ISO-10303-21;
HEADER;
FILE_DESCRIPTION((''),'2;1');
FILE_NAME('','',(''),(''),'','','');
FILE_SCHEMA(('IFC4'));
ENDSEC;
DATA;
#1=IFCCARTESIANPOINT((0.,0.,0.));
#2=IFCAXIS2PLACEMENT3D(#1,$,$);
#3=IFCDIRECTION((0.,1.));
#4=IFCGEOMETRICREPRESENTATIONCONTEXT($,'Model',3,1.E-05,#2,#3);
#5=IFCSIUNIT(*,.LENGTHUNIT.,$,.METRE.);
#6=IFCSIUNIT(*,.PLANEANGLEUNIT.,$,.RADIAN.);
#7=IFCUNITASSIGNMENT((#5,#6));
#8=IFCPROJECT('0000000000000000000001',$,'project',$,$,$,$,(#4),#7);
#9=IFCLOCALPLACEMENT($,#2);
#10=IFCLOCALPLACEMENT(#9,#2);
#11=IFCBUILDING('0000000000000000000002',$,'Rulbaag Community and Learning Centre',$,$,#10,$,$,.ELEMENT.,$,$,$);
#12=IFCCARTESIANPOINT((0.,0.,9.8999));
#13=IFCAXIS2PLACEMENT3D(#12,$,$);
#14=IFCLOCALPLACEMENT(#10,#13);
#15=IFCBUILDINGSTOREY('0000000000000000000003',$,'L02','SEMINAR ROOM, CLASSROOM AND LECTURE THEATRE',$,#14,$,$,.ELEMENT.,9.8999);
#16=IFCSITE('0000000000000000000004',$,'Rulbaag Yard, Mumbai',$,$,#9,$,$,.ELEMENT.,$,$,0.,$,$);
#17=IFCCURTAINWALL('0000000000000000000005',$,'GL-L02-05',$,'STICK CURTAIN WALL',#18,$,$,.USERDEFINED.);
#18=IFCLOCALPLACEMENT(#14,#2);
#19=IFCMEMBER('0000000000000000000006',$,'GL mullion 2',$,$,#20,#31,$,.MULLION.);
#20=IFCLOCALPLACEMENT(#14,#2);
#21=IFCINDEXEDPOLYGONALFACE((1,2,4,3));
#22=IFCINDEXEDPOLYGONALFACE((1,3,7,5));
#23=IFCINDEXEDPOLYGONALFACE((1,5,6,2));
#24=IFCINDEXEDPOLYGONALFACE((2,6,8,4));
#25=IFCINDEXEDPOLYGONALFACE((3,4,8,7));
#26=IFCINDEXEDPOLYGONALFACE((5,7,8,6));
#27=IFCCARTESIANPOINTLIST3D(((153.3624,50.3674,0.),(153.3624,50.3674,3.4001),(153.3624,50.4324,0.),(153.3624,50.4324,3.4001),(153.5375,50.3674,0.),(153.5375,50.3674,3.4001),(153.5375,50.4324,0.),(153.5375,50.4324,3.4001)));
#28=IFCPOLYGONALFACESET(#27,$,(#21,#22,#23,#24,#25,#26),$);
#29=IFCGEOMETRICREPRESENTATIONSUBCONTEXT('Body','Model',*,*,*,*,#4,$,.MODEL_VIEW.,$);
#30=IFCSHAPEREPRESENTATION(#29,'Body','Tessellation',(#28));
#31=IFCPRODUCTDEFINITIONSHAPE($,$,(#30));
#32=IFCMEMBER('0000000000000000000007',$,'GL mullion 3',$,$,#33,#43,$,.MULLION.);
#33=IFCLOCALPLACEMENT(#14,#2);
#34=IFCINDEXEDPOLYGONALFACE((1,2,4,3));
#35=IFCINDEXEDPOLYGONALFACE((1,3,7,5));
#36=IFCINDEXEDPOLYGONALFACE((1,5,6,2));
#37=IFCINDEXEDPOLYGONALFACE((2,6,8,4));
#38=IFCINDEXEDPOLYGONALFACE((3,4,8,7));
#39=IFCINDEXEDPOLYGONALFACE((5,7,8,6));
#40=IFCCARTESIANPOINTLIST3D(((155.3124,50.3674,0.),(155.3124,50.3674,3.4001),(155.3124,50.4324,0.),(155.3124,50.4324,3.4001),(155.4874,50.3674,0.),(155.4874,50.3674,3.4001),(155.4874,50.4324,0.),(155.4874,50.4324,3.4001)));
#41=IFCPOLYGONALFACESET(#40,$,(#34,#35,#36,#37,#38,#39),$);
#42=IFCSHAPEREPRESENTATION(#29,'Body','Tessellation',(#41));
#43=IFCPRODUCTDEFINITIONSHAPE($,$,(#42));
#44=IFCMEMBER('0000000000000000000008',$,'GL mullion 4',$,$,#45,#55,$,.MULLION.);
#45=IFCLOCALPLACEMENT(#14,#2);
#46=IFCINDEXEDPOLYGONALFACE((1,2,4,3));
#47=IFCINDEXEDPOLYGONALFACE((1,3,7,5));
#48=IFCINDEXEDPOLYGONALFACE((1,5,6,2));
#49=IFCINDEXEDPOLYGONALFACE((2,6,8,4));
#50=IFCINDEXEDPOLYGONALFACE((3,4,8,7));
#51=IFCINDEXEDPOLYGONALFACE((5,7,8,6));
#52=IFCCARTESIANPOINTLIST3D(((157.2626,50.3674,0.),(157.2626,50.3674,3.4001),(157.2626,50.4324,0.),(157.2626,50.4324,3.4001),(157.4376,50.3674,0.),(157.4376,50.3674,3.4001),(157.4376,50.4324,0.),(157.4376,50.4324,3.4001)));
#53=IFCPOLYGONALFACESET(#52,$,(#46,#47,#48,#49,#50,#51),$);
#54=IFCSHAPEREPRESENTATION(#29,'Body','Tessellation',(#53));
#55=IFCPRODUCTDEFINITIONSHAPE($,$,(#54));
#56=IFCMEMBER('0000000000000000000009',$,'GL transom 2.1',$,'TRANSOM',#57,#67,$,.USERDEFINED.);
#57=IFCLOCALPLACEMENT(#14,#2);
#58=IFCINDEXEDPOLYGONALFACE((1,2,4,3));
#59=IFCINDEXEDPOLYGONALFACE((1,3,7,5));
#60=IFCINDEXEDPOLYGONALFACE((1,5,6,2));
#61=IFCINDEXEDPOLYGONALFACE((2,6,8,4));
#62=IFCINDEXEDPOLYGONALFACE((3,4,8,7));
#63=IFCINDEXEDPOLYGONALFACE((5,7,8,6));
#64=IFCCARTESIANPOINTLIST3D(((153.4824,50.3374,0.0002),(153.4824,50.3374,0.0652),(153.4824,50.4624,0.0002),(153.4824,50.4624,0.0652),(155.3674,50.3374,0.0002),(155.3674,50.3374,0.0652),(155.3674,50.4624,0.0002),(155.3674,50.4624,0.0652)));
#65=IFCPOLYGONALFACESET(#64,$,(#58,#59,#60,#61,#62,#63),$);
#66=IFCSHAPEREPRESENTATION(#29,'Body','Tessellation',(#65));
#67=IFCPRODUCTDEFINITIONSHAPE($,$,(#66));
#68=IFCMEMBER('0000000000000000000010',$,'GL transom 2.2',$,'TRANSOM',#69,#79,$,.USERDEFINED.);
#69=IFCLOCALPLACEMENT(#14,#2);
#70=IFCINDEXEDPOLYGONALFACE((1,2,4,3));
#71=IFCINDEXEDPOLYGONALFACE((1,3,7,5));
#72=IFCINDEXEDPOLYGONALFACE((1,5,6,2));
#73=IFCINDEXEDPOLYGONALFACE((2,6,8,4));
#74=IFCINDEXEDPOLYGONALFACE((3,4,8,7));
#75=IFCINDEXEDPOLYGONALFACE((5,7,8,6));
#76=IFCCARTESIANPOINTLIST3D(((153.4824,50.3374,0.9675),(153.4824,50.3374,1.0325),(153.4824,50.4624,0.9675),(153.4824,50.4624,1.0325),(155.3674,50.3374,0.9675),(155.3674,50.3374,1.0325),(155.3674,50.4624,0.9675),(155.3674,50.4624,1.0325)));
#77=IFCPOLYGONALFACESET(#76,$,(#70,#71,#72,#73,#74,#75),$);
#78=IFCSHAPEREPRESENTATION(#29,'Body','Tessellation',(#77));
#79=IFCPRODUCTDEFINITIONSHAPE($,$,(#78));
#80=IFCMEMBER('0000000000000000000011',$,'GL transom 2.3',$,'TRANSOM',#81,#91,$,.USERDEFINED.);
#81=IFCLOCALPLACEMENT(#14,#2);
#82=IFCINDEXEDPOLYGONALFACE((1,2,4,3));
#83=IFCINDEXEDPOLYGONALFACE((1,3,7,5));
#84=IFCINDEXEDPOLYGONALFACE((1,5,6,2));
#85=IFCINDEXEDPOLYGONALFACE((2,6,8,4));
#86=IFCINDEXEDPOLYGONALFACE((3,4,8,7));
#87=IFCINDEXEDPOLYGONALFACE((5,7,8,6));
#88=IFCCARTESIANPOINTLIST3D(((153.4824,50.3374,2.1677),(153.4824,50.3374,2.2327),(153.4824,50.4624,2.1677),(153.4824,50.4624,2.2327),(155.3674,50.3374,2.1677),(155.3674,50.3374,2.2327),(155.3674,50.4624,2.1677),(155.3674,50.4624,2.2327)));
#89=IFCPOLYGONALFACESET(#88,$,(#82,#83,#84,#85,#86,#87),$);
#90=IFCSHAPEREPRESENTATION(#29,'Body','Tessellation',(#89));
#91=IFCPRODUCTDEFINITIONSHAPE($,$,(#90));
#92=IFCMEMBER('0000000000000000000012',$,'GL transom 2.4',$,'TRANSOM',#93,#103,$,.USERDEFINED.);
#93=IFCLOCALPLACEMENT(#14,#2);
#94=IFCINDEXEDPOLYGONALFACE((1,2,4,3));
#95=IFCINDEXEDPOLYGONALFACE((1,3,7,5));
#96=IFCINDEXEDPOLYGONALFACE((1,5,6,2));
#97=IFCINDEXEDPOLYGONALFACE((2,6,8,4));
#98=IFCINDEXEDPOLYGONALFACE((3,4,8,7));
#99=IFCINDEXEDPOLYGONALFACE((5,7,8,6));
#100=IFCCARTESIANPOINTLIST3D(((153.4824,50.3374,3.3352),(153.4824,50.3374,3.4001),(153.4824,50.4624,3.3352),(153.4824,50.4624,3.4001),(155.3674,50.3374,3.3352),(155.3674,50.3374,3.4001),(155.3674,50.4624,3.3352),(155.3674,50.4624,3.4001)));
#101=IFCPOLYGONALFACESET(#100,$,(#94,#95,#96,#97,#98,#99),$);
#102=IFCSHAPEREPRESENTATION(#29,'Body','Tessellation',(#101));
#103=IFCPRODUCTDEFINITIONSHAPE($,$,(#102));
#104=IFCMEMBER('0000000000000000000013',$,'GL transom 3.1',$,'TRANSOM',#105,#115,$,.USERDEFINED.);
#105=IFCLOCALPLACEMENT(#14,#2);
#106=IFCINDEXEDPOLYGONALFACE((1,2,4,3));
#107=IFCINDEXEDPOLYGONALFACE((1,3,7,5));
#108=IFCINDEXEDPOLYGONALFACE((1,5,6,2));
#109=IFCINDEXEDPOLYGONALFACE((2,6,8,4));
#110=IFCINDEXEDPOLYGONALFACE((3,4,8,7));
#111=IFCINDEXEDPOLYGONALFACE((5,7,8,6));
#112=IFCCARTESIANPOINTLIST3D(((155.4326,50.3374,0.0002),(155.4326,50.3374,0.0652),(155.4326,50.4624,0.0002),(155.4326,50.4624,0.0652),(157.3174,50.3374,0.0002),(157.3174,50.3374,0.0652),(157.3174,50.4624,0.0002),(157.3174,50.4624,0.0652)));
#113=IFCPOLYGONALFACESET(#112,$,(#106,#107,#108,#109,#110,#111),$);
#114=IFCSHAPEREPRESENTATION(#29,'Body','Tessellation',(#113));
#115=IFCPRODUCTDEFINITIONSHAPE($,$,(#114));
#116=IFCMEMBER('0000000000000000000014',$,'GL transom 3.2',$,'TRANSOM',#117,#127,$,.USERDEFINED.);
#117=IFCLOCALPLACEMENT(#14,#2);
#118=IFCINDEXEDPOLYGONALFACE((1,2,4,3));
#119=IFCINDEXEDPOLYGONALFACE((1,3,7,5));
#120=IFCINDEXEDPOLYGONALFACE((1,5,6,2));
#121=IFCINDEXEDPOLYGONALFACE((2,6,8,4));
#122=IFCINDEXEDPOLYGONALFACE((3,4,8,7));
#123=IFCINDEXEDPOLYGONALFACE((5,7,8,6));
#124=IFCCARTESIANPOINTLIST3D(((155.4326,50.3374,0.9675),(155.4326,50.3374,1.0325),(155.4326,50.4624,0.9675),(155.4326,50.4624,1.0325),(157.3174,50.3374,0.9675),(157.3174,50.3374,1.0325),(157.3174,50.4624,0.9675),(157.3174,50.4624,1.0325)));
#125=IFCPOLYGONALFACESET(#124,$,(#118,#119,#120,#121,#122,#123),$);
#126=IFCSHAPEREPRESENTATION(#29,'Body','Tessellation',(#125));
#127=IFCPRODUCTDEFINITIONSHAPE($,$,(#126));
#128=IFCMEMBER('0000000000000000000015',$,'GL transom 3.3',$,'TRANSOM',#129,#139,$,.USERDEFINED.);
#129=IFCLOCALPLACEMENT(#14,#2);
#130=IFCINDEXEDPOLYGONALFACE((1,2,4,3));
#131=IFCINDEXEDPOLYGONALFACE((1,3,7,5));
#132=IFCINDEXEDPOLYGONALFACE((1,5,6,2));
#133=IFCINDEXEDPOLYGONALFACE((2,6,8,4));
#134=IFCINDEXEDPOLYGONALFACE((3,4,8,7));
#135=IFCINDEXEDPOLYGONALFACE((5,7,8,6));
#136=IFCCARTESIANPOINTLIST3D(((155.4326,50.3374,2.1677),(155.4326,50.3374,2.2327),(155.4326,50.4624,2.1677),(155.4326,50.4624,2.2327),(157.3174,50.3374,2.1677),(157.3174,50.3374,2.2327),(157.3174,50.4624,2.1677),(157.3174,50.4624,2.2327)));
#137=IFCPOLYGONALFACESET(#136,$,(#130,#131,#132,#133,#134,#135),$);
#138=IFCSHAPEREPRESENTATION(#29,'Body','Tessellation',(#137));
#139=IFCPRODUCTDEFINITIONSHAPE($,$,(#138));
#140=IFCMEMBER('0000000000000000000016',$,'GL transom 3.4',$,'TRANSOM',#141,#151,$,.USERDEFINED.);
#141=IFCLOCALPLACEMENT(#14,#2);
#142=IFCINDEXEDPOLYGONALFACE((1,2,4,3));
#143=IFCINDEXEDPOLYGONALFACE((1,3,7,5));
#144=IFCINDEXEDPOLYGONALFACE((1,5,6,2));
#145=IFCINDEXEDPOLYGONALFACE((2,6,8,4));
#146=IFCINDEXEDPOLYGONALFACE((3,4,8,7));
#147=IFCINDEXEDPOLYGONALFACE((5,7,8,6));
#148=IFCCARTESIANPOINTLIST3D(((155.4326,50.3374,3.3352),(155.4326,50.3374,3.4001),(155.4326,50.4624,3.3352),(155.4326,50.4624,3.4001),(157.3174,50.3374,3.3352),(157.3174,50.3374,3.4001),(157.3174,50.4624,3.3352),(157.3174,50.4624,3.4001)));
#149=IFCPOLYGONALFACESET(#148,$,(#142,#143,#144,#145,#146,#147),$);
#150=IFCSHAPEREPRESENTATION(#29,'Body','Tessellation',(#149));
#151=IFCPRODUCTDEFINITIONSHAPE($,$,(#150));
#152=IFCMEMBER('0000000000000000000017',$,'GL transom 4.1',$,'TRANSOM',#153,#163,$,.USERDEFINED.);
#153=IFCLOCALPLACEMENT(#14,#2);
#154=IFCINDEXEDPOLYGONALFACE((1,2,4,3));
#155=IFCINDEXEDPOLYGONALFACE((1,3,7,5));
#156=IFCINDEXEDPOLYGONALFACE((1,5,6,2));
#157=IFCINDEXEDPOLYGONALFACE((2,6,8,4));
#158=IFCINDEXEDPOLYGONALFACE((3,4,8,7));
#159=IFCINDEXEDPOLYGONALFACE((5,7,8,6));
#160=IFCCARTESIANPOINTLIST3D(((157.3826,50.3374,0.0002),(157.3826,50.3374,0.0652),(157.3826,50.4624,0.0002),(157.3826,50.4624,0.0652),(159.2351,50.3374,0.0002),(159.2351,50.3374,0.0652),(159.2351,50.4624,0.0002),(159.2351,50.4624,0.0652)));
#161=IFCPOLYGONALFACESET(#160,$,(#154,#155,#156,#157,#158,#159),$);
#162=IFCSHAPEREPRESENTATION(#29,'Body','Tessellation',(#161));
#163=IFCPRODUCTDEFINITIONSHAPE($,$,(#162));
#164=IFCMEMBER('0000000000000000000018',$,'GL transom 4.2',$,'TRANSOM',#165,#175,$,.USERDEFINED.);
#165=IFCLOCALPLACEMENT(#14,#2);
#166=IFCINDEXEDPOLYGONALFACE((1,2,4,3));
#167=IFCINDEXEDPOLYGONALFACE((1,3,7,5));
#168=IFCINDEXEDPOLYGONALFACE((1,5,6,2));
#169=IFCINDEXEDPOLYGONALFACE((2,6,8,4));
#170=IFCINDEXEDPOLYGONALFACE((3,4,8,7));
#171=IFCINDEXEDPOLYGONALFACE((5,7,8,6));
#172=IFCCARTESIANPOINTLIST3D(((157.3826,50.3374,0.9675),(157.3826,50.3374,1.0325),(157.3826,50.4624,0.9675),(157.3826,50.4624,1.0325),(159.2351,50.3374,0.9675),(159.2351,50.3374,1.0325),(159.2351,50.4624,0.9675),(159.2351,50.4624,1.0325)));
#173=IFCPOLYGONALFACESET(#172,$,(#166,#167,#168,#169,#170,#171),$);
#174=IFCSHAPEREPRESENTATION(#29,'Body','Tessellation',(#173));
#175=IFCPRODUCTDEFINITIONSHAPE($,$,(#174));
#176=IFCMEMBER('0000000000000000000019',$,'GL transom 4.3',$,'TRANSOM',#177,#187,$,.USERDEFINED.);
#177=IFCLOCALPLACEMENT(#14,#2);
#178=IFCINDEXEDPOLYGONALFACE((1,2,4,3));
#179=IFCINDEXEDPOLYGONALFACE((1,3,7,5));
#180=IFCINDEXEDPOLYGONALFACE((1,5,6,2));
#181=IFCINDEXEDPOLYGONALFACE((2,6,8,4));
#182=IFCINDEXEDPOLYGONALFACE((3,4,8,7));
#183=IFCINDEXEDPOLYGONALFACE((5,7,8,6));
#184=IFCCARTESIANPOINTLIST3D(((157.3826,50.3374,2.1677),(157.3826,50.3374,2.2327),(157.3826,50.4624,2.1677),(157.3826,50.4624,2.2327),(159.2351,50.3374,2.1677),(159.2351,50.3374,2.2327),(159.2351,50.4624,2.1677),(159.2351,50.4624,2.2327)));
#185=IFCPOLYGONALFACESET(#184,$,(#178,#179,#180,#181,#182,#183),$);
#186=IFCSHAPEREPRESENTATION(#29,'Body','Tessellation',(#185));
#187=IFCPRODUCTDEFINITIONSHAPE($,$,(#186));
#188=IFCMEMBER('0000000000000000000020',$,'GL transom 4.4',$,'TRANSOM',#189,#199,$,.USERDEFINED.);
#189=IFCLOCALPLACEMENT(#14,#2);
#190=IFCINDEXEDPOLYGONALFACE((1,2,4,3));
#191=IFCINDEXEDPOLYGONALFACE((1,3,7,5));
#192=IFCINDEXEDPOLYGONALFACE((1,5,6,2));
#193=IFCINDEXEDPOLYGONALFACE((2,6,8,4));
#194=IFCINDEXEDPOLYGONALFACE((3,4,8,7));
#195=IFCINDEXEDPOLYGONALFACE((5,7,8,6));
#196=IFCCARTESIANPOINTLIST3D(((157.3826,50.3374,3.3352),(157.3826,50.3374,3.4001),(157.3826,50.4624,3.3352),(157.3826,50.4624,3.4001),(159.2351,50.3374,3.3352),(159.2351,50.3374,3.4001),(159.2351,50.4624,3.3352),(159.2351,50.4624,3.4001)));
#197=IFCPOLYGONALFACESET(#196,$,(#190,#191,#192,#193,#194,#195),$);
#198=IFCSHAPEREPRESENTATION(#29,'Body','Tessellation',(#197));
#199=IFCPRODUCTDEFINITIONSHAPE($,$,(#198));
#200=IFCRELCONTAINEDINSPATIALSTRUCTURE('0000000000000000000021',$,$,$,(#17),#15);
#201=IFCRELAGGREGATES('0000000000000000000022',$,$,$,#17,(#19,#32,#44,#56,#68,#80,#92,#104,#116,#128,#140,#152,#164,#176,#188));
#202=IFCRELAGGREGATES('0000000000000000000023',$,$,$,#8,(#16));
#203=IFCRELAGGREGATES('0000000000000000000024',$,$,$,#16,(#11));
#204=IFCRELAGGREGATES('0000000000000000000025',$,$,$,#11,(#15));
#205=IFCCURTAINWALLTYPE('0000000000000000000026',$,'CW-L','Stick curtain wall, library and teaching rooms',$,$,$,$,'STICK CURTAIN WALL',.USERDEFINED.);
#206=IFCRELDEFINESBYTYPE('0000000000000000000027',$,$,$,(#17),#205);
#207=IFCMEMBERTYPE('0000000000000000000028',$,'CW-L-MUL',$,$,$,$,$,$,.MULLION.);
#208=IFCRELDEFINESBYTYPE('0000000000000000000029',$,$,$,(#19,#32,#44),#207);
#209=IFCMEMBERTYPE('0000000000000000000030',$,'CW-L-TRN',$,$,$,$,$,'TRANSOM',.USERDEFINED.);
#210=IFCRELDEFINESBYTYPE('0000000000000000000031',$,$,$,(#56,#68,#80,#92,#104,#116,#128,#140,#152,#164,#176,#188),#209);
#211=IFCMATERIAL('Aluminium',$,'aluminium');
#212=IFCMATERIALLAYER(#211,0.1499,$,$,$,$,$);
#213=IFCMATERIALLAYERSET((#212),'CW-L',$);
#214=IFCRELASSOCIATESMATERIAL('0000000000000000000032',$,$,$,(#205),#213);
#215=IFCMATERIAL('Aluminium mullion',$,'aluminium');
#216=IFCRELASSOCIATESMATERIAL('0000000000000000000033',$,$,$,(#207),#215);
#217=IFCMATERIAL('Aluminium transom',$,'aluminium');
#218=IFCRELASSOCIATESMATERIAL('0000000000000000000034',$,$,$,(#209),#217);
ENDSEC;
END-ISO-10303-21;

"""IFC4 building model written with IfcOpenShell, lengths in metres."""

from ifc_helpers import new_model, si_unit, direction, frame, origin, origin_2d, place, context, subcontext, project, spatial, rectangle, extrude, material, layer, layer_set, material_profile, profile_set, type_object, element, aggregate, save


model = new_model("IFC4")

# Units and contexts
model_context = context("Model", 3, precision=1e-05, world=origin(), true_north=direction((0.0, 1.0)))
body_context = subcontext(model_context, "Body", "Model", "MODEL_VIEW")
ifc_project = project(units=[si_unit("LENGTHUNIT", "METRE"), si_unit("PLANEANGLEUNIT", "RADIAN")], contexts=[model_context])

# Site, building, storey
site_placement = place(None, origin())
site = spatial("IfcSite", under=ifc_project, at=site_placement, Name="Rulbaag Yard, Mumbai", CompositionType="ELEMENT", RefElevation=0.0)
building_placement = place(site_placement, origin())
building = spatial("IfcBuilding", under=site, at=building_placement, Name="Rulbaag Community and Learning Centre", CompositionType="ELEMENT")
storey_placement = place(building_placement, frame((0.0, 0.0, 9.8999)))
storey = spatial("IfcBuildingStorey", under=building, at=storey_placement, Name="L02", Description="SEMINAR ROOM, CLASSROOM AND LECTURE THEATRE", CompositionType="ELEMENT", Elevation=9.8999)

# Curtain wall, members
ifc_material_1 = material(Name="Aluminium", Category="aluminium")
ifc_layer_1 = layer(ifc_material_1, 0.1499)
ifc_layer_set_1 = layer_set([ifc_layer_1], Name="CW-L")
curtain_wall_type = type_object("IfcCurtainWallType", Name="CW-L", Description="Stick curtain wall, library and teaching rooms", ElementType="STICK CURTAIN WALL", PredefinedType="USERDEFINED", material=ifc_layer_set_1)
curtain_wall_placement = place(storey_placement, origin())
curtain_wall = element("IfcCurtainWall", 1, at=curtain_wall_placement, inside=storey, type_object=curtain_wall_type, Name="GL-L02-05", ObjectType="STICK CURTAIN WALL", PredefinedType="USERDEFINED")
ifc_material_2 = material(Name="Aluminium mullion", Category="aluminium")
ifc_material_profile_1 = material_profile(ifc_material_2, rectangle(XDim=0.0649, YDim=0.175, at=origin_2d()), Name="AL 65x175")
ifc_profile_set_1 = profile_set([ifc_material_profile_1], Name="Aluminium mullion")
member_type_1 = type_object("IfcMemberType", Name="CW-L-MUL", PredefinedType="MULLION", material=ifc_profile_set_1)
member_1_placement = place(storey_placement, frame((153.45, 50.3999, 0.0), z_axis=(0.0, 0.0, 1.0), x_axis=(0.0, 1.0, 0.0)))
member_1 = element("IfcMember", 2, at=member_1_placement, type_object=member_type_1, Name="GL mullion 2", PredefinedType="MULLION", context=body_context, shape_type="SweptSolid", body=[
    extrude(rectangle(XDim=0.0649, YDim=0.175, at=origin_2d()), origin(), (0.0, 0.0, 1.0), 3.4001),
])
member_2_placement = place(storey_placement, frame((155.3999, 50.3999, 0.0), z_axis=(0.0, 0.0, 1.0), x_axis=(0.0, 1.0, 0.0)))
member_2 = element("IfcMember", 3, at=member_2_placement, type_object=member_type_1, Name="GL mullion 3", PredefinedType="MULLION", context=body_context, shape_type="SweptSolid", body=[
    extrude(rectangle(XDim=0.0649, YDim=0.175, at=origin_2d()), origin(), (0.0, 0.0, 1.0), 3.4001),
])
member_3_placement = place(storey_placement, frame((157.3501, 50.3999, 0.0), z_axis=(0.0, 0.0, 1.0), x_axis=(0.0, 1.0, 0.0)))
member_3 = element("IfcMember", 4, at=member_3_placement, type_object=member_type_1, Name="GL mullion 4", PredefinedType="MULLION", context=body_context, shape_type="SweptSolid", body=[
    extrude(rectangle(XDim=0.0649, YDim=0.175, at=origin_2d()), origin(), (0.0, 0.0, 1.0), 3.4001),
])
ifc_material_3 = material(Name="Aluminium transom", Category="aluminium")
ifc_material_profile_2 = material_profile(ifc_material_3, rectangle(XDim=0.125, YDim=0.0649, at=origin_2d()), Name="AL 65x125 T")
ifc_profile_set_2 = profile_set([ifc_material_profile_2], Name="Aluminium transom")
member_type_2 = type_object("IfcMemberType", Name="CW-L-TRN", ElementType="TRANSOM", PredefinedType="USERDEFINED", material=ifc_profile_set_2)
member_4_placement = place(storey_placement, frame((153.4824, 50.3999, 0.0327), z_axis=(1.0, 0.0, 0.0), x_axis=(0.0, 1.0, 0.0)))
member_4 = element("IfcMember", 5, at=member_4_placement, type_object=member_type_2, Name="GL transom 2.1", ObjectType="TRANSOM", PredefinedType="USERDEFINED", context=body_context, shape_type="SweptSolid", body=[
    extrude(rectangle(XDim=0.125, YDim=0.0649, at=origin_2d()), origin(), (0.0, 0.0, 1.0), 1.885),
])
member_5_placement = place(storey_placement, frame((153.4824, 50.3999, 1.0), z_axis=(1.0, 0.0, 0.0), x_axis=(0.0, 1.0, 0.0)))
member_5 = element("IfcMember", 6, at=member_5_placement, type_object=member_type_2, Name="GL transom 2.2", ObjectType="TRANSOM", PredefinedType="USERDEFINED", context=body_context, shape_type="SweptSolid", body=[
    extrude(rectangle(XDim=0.125, YDim=0.0649, at=origin_2d()), origin(), (0.0, 0.0, 1.0), 1.885),
])
member_6_placement = place(storey_placement, frame((153.4824, 50.3999, 2.2002), z_axis=(1.0, 0.0, 0.0), x_axis=(0.0, 1.0, 0.0)))
member_6 = element("IfcMember", 7, at=member_6_placement, type_object=member_type_2, Name="GL transom 2.3", ObjectType="TRANSOM", PredefinedType="USERDEFINED", context=body_context, shape_type="SweptSolid", body=[
    extrude(rectangle(XDim=0.125, YDim=0.0649, at=origin_2d()), origin(), (0.0, 0.0, 1.0), 1.885),
])
member_7_placement = place(storey_placement, frame((153.4824, 50.3999, 3.3677), z_axis=(1.0, 0.0, 0.0), x_axis=(0.0, 1.0, 0.0)))
member_7 = element("IfcMember", 8, at=member_7_placement, type_object=member_type_2, Name="GL transom 2.4", ObjectType="TRANSOM", PredefinedType="USERDEFINED", context=body_context, shape_type="SweptSolid", body=[
    extrude(rectangle(XDim=0.125, YDim=0.0649, at=origin_2d()), origin(), (0.0, 0.0, 1.0), 1.885),
])
member_8_placement = place(storey_placement, frame((155.4326, 50.3999, 0.0327), z_axis=(1.0, 0.0, 0.0), x_axis=(0.0, 1.0, 0.0)))
member_8 = element("IfcMember", 9, at=member_8_placement, type_object=member_type_2, Name="GL transom 3.1", ObjectType="TRANSOM", PredefinedType="USERDEFINED", context=body_context, shape_type="SweptSolid", body=[
    extrude(rectangle(XDim=0.125, YDim=0.0649, at=origin_2d()), origin(), (0.0, 0.0, 1.0), 1.8848),
])
member_9_placement = place(storey_placement, frame((155.4326, 50.3999, 1.0), z_axis=(1.0, 0.0, 0.0), x_axis=(0.0, 1.0, 0.0)))
member_9 = element("IfcMember", 10, at=member_9_placement, type_object=member_type_2, Name="GL transom 3.2", ObjectType="TRANSOM", PredefinedType="USERDEFINED", context=body_context, shape_type="SweptSolid", body=[
    extrude(rectangle(XDim=0.125, YDim=0.0649, at=origin_2d()), origin(), (0.0, 0.0, 1.0), 1.8848),
])
member_10_placement = place(storey_placement, frame((155.4326, 50.3999, 2.2002), z_axis=(1.0, 0.0, 0.0), x_axis=(0.0, 1.0, 0.0)))
member_10 = element("IfcMember", 11, at=member_10_placement, type_object=member_type_2, Name="GL transom 3.3", ObjectType="TRANSOM", PredefinedType="USERDEFINED", context=body_context, shape_type="SweptSolid", body=[
    extrude(rectangle(XDim=0.125, YDim=0.0649, at=origin_2d()), origin(), (0.0, 0.0, 1.0), 1.8848),
])
member_11_placement = place(storey_placement, frame((155.4326, 50.3999, 3.3677), z_axis=(1.0, 0.0, 0.0), x_axis=(0.0, 1.0, 0.0)))
member_11 = element("IfcMember", 12, at=member_11_placement, type_object=member_type_2, Name="GL transom 3.4", ObjectType="TRANSOM", PredefinedType="USERDEFINED", context=body_context, shape_type="SweptSolid", body=[
    extrude(rectangle(XDim=0.125, YDim=0.0649, at=origin_2d()), origin(), (0.0, 0.0, 1.0), 1.8848),
])
member_12_placement = place(storey_placement, frame((157.3826, 50.3999, 0.0327), z_axis=(1.0, 0.0, 0.0), x_axis=(0.0, 1.0, 0.0)))
member_12 = element("IfcMember", 13, at=member_12_placement, type_object=member_type_2, Name="GL transom 4.1", ObjectType="TRANSOM", PredefinedType="USERDEFINED", context=body_context, shape_type="SweptSolid", body=[
    extrude(rectangle(XDim=0.125, YDim=0.0649, at=origin_2d()), origin(), (0.0, 0.0, 1.0), 1.8525),
])
member_13_placement = place(storey_placement, frame((157.3826, 50.3999, 1.0), z_axis=(1.0, 0.0, 0.0), x_axis=(0.0, 1.0, 0.0)))
member_13 = element("IfcMember", 14, at=member_13_placement, type_object=member_type_2, Name="GL transom 4.2", ObjectType="TRANSOM", PredefinedType="USERDEFINED", context=body_context, shape_type="SweptSolid", body=[
    extrude(rectangle(XDim=0.125, YDim=0.0649, at=origin_2d()), origin(), (0.0, 0.0, 1.0), 1.8525),
])
member_14_placement = place(storey_placement, frame((157.3826, 50.3999, 2.2002), z_axis=(1.0, 0.0, 0.0), x_axis=(0.0, 1.0, 0.0)))
member_14 = element("IfcMember", 15, at=member_14_placement, type_object=member_type_2, Name="GL transom 4.3", ObjectType="TRANSOM", PredefinedType="USERDEFINED", context=body_context, shape_type="SweptSolid", body=[
    extrude(rectangle(XDim=0.125, YDim=0.0649, at=origin_2d()), origin(), (0.0, 0.0, 1.0), 1.8525),
])
member_15_placement = place(storey_placement, frame((157.3826, 50.3999, 3.3677), z_axis=(1.0, 0.0, 0.0), x_axis=(0.0, 1.0, 0.0)))
member_15 = element("IfcMember", 16, at=member_15_placement, type_object=member_type_2, Name="GL transom 4.4", ObjectType="TRANSOM", PredefinedType="USERDEFINED", context=body_context, shape_type="SweptSolid", body=[
    extrude(rectangle(XDim=0.125, YDim=0.0649, at=origin_2d()), origin(), (0.0, 0.0, 1.0), 1.8525),
])
aggregate(curtain_wall, [member_1, member_2, member_3, member_4, member_5, member_6, member_7, member_8, member_9, member_10, member_11, member_12, member_13, member_14, member_15])

save(model, "model.ifc")
